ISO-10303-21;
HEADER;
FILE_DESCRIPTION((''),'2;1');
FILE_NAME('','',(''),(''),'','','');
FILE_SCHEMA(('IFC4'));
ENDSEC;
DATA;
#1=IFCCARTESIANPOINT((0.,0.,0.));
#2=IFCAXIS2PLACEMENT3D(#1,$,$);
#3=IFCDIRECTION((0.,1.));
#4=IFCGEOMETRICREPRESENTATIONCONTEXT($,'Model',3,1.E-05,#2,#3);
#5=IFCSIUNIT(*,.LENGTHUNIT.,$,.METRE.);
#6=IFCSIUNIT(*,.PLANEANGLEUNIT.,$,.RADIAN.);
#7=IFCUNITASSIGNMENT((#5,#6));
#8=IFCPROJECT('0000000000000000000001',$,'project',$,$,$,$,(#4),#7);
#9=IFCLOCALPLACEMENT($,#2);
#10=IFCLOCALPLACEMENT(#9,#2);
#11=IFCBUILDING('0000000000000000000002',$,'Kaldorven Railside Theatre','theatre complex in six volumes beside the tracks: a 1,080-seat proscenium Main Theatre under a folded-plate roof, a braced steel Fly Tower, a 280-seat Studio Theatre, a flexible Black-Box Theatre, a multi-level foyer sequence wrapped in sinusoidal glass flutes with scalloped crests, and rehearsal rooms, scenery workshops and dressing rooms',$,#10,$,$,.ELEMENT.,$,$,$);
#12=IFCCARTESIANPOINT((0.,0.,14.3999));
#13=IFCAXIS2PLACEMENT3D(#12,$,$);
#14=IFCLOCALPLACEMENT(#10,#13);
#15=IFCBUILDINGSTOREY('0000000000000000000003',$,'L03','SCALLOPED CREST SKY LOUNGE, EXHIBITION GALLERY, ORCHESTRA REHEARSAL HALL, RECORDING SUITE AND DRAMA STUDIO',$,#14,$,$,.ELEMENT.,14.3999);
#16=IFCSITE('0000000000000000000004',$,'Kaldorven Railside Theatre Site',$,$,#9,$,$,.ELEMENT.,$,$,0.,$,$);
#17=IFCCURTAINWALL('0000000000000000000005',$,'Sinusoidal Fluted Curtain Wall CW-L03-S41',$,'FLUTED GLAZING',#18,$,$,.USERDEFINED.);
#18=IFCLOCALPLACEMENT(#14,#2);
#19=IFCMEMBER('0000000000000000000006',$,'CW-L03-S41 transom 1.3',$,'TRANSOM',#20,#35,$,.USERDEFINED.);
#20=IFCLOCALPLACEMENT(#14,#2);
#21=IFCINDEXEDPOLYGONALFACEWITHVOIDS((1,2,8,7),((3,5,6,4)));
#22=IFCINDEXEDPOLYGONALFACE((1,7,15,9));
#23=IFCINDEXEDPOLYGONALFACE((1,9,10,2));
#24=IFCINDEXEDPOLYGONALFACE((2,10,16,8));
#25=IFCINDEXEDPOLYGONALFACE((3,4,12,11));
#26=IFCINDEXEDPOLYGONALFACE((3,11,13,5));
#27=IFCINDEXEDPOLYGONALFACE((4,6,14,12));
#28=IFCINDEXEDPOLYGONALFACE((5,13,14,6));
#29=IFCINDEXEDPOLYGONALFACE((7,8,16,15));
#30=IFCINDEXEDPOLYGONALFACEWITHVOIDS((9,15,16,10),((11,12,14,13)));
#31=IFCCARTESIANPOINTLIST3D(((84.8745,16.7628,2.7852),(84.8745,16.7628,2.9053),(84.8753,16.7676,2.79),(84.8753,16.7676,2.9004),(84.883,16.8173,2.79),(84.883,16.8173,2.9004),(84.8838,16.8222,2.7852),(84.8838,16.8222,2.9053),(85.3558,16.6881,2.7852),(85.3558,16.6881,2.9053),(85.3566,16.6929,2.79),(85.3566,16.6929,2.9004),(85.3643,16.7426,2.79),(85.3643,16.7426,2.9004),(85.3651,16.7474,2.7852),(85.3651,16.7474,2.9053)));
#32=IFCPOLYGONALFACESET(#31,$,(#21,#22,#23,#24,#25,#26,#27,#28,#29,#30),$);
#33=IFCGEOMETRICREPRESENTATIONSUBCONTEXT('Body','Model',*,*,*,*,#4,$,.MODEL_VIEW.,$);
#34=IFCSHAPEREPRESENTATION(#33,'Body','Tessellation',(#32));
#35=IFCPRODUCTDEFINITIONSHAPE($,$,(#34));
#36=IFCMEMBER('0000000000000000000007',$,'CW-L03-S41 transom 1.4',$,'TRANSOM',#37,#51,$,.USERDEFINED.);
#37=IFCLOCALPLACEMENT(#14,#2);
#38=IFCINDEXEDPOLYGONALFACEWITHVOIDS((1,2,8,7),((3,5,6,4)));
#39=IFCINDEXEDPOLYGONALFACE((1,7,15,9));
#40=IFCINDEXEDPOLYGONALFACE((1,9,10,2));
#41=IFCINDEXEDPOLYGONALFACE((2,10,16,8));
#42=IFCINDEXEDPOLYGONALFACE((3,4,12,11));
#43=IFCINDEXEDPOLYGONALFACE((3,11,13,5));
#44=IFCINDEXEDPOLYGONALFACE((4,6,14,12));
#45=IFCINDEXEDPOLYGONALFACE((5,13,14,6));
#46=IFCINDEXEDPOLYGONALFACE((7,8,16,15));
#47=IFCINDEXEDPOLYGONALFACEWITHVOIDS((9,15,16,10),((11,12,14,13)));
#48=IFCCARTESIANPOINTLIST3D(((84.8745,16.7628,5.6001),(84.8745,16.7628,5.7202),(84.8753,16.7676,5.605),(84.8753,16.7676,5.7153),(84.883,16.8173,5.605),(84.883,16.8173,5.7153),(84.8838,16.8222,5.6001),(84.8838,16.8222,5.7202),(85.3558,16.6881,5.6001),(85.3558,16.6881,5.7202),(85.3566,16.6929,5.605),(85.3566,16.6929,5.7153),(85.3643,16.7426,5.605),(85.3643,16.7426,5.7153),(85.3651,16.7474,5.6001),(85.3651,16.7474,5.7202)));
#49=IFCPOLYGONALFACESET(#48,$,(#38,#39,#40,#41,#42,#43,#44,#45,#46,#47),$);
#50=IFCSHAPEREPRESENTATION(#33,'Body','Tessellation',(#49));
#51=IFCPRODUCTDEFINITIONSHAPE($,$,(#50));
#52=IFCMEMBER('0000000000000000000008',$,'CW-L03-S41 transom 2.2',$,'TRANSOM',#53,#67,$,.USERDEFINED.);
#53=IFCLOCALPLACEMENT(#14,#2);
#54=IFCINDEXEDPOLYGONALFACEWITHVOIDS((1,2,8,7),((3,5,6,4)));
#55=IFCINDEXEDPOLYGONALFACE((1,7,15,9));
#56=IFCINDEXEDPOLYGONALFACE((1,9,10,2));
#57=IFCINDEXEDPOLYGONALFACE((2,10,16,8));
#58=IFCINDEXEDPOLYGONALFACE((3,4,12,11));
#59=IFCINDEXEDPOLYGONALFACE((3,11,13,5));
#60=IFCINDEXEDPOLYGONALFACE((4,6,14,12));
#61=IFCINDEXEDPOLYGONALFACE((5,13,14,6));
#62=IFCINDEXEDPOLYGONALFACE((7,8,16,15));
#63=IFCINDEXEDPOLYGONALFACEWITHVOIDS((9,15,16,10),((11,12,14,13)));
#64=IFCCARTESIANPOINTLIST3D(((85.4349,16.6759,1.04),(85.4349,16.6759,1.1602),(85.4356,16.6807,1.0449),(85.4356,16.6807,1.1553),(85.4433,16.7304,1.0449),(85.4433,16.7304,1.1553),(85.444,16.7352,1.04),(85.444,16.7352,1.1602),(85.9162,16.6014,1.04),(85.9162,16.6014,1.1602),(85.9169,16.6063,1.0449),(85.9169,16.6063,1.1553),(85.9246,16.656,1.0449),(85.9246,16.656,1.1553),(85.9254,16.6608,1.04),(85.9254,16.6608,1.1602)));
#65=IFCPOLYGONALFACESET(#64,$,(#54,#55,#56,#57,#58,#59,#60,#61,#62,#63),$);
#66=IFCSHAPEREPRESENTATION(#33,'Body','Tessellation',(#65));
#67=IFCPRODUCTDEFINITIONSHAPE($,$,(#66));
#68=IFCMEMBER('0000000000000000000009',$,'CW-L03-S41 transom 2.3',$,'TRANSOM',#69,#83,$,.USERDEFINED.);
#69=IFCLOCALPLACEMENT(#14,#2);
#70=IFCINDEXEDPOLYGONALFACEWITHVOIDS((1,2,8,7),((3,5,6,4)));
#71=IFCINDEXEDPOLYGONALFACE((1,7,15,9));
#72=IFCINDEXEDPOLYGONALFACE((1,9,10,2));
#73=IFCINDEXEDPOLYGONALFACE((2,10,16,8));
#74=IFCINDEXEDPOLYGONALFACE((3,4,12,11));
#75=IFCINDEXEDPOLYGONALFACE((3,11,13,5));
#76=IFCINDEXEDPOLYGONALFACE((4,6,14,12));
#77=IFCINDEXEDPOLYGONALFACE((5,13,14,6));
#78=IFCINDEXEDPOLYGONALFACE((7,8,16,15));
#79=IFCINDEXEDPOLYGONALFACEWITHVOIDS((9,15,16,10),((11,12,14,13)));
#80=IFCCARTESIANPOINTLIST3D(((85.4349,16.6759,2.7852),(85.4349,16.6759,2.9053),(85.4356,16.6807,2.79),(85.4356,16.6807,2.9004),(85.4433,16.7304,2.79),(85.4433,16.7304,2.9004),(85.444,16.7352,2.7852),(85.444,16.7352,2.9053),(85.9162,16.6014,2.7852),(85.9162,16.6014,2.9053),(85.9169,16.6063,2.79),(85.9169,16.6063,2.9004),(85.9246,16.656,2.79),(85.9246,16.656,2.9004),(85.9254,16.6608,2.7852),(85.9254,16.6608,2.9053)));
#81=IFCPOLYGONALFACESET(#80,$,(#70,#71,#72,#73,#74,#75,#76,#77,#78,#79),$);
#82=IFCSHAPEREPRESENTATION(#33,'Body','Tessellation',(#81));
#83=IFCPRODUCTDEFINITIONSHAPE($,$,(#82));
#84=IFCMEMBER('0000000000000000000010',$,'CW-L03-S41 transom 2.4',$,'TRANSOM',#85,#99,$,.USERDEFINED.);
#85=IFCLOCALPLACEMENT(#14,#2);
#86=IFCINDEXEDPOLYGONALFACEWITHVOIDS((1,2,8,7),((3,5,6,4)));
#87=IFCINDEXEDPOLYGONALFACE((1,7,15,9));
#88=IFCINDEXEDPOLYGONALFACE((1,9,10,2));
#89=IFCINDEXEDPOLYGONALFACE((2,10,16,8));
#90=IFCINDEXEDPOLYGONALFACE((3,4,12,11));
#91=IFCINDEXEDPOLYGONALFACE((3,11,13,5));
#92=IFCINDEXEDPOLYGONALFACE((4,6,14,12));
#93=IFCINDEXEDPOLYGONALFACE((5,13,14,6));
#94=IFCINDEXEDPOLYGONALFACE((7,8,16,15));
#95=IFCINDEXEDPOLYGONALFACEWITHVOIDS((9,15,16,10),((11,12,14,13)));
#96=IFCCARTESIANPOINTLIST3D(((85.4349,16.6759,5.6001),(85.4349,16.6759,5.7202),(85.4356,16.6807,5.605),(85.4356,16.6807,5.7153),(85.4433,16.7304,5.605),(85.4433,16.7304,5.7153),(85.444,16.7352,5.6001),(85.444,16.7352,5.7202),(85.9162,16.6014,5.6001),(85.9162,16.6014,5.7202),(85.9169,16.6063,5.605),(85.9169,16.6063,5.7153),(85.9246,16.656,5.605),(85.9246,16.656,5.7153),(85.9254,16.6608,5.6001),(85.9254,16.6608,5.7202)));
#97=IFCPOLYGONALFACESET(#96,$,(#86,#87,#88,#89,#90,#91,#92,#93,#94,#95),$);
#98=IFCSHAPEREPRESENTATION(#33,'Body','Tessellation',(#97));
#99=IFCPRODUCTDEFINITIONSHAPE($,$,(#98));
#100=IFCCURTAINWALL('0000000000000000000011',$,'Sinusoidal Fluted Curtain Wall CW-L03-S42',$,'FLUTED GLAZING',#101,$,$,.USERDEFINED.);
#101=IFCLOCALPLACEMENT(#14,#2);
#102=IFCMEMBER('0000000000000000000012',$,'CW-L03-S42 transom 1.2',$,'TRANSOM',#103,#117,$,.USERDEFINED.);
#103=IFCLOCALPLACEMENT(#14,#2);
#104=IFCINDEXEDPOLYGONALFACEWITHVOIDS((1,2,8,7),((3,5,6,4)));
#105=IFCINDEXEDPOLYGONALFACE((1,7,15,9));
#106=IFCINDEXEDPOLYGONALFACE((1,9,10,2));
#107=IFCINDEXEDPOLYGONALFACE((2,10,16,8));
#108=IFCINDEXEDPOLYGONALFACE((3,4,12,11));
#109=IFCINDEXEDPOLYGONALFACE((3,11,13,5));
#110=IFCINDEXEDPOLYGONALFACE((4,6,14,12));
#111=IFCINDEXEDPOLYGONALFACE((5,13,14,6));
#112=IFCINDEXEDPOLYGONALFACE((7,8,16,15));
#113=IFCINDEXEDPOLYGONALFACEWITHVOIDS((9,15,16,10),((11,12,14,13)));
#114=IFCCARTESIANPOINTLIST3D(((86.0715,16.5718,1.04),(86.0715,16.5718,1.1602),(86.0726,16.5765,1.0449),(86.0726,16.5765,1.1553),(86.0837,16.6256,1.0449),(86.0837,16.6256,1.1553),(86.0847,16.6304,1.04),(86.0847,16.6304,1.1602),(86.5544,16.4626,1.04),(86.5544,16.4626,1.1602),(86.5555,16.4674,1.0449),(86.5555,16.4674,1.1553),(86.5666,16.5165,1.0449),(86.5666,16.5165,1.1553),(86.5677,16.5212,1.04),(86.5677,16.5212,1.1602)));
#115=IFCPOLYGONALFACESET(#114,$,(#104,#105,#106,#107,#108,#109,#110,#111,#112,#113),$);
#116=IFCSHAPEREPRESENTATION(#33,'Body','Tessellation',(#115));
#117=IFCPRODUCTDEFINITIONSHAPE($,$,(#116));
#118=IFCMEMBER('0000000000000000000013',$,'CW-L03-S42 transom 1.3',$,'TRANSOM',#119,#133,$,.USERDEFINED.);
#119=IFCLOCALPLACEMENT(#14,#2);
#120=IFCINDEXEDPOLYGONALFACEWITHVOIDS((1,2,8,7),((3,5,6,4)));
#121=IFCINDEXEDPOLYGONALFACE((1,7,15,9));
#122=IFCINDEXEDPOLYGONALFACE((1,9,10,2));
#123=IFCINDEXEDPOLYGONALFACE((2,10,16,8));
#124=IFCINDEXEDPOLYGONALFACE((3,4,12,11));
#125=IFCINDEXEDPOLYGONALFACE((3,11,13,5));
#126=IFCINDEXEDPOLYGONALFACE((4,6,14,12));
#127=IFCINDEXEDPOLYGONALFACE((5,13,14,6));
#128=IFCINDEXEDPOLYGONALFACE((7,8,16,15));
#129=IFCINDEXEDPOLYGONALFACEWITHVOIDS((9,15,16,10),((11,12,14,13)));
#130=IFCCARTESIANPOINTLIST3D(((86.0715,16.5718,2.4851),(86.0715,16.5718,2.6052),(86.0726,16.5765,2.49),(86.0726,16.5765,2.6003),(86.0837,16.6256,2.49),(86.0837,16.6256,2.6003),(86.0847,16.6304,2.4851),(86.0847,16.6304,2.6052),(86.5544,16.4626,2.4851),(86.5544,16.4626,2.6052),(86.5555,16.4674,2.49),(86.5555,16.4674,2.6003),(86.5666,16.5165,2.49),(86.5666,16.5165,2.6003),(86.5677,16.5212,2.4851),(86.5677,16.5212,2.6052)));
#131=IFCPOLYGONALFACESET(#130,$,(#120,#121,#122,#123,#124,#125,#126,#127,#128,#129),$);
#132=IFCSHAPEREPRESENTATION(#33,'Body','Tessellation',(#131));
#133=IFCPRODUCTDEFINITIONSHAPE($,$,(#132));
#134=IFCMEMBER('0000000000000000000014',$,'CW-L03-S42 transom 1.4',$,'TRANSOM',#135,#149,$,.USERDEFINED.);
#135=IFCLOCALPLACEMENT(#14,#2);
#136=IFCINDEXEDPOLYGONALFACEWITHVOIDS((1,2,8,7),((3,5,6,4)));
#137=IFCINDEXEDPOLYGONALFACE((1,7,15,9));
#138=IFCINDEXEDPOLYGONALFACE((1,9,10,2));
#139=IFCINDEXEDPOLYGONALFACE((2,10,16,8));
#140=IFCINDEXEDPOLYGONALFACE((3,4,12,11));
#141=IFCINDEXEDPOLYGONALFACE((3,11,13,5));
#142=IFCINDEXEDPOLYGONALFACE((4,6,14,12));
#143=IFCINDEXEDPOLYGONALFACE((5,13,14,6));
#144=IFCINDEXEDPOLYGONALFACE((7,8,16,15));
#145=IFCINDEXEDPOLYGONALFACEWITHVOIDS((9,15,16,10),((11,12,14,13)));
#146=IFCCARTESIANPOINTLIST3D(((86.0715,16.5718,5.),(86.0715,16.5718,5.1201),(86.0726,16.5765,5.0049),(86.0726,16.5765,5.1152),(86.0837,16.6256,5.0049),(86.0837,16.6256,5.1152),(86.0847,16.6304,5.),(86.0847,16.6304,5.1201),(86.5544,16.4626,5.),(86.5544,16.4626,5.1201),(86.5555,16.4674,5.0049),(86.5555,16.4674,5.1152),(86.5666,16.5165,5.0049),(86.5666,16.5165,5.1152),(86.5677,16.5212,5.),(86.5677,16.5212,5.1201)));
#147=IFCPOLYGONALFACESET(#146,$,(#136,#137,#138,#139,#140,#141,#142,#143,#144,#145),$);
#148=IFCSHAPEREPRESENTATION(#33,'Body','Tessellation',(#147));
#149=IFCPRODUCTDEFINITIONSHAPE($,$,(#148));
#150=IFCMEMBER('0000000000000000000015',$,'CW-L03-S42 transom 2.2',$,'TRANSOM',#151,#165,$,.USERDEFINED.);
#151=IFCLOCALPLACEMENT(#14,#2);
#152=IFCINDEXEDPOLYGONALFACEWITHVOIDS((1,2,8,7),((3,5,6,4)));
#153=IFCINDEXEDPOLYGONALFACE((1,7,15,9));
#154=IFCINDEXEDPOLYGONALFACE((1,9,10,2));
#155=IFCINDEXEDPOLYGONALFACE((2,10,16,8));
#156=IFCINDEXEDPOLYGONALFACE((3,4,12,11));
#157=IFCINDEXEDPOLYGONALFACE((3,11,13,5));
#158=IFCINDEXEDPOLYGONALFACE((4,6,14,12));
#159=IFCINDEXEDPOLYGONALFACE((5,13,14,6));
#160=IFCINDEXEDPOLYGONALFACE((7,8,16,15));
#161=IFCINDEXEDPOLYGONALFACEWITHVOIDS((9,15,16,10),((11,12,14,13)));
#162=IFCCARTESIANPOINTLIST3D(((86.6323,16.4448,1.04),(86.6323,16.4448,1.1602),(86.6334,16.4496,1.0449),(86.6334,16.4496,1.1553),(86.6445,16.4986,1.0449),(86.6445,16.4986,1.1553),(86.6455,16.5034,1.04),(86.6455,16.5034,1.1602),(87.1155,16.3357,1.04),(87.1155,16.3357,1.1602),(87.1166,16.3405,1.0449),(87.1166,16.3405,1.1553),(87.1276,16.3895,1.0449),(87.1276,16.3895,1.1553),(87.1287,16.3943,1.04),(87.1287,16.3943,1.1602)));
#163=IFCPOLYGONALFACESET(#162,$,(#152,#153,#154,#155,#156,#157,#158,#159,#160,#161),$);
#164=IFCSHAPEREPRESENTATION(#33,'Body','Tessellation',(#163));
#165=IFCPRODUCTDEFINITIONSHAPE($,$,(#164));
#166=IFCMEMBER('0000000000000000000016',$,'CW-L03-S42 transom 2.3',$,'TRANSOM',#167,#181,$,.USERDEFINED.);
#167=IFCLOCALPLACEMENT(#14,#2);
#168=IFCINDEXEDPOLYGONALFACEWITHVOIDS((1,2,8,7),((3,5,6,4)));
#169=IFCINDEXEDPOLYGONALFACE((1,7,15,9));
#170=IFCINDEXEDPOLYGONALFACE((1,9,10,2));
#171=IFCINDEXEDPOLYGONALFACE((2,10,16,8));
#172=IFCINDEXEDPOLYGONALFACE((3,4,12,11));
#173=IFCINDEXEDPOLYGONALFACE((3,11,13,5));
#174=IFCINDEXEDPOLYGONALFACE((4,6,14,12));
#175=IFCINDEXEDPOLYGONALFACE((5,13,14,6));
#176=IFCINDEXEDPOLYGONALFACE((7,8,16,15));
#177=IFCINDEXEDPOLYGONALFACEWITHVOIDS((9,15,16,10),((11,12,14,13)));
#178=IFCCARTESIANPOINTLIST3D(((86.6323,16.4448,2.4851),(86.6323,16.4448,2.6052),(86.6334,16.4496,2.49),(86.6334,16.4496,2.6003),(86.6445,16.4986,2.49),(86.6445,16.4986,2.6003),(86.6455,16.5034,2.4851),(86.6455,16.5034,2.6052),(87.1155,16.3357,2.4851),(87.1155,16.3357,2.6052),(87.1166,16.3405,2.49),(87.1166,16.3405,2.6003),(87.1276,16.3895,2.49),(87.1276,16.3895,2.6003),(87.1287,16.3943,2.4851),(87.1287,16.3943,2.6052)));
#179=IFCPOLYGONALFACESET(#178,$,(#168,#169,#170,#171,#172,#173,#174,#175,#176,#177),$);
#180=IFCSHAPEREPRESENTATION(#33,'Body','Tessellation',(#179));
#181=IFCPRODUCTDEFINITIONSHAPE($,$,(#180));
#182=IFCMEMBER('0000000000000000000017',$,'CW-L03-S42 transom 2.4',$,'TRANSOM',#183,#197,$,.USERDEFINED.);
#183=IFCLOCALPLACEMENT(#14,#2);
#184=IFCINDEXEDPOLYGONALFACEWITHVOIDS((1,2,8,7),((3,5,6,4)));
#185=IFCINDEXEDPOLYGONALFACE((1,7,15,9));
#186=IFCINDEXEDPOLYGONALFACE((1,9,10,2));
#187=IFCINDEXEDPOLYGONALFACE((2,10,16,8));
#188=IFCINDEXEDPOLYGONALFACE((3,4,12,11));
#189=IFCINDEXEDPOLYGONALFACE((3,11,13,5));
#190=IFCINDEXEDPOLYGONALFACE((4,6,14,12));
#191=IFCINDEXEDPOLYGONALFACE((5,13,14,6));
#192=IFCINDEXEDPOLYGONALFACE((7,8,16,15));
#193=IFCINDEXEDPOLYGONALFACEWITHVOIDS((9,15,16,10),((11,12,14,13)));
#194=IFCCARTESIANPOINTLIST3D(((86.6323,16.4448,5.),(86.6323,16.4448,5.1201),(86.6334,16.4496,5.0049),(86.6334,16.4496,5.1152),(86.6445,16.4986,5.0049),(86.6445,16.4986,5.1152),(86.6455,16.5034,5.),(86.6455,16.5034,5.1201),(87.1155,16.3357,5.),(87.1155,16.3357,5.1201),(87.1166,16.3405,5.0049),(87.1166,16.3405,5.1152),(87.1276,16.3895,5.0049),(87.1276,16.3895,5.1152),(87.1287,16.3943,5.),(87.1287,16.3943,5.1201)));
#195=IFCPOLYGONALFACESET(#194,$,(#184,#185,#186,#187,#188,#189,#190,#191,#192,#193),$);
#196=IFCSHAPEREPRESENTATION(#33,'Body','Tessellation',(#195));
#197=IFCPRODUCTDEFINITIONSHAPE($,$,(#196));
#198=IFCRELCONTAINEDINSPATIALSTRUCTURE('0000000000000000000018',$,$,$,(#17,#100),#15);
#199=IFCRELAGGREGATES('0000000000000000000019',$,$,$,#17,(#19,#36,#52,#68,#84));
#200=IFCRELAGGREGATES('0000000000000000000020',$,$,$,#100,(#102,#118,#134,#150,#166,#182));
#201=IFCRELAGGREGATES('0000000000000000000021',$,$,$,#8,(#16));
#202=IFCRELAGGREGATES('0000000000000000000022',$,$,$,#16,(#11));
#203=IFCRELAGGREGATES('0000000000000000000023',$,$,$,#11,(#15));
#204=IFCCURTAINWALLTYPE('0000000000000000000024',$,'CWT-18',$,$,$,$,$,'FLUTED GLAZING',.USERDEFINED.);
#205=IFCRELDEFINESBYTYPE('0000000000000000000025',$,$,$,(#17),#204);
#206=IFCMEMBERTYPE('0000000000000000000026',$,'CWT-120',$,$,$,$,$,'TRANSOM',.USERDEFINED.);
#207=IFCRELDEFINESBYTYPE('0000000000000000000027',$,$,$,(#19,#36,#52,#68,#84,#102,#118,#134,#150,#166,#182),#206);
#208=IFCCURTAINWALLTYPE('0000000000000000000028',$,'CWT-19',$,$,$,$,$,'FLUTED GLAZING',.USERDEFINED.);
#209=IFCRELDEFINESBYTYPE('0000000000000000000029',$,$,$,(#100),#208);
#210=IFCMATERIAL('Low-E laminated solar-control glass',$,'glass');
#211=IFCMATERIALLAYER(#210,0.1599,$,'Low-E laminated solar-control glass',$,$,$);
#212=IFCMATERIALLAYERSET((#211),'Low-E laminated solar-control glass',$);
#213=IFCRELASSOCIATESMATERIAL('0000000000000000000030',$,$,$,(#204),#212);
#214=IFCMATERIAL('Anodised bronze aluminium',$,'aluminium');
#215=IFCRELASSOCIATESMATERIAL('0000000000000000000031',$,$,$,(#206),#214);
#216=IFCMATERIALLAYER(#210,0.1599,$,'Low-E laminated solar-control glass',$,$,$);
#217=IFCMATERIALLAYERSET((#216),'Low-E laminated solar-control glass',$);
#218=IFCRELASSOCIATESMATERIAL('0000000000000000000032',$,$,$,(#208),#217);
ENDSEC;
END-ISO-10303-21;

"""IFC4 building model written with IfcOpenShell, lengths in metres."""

from ifc_helpers import new_model, si_unit, direction, frame, origin, origin_2d, place, context, subcontext, project, spatial, hollow_rectangle, extrude, material, layer, layer_set, material_profile, profile_set, type_object, element, aggregate, save


model = new_model("IFC4")

# Units and contexts
model_context = context("Model", 3, precision=1e-05, world=origin(), true_north=direction((0.0, 1.0)))
body_context = subcontext(model_context, "Body", "Model", "MODEL_VIEW")
ifc_project = project(units=[si_unit("LENGTHUNIT", "METRE"), si_unit("PLANEANGLEUNIT", "RADIAN")], contexts=[model_context])

# Site, building, storey
site_placement = place(None, origin())
site = spatial("IfcSite", under=ifc_project, at=site_placement, Name="Kaldorven Railside Theatre Site", CompositionType="ELEMENT", RefElevation=0.0)
building_placement = place(site_placement, origin())
building = spatial("IfcBuilding", under=site, at=building_placement, Name="Kaldorven Railside Theatre", Description="theatre complex in six volumes beside the tracks: a 1,080-seat proscenium Main Theatre under a folded-plate roof, a braced steel Fly Tower, a 280-seat Studio Theatre, a flexible Black-Box Theatre, a multi-level foyer sequence wrapped in sinusoidal glass flutes with scalloped crests, and rehearsal rooms, scenery workshops and dressing rooms", CompositionType="ELEMENT")
storey_placement = place(building_placement, frame((0.0, 0.0, 14.3999)))
storey = spatial("IfcBuildingStorey", under=building, at=storey_placement, Name="L03", Description="SCALLOPED CREST SKY LOUNGE, EXHIBITION GALLERY, ORCHESTRA REHEARSAL HALL, RECORDING SUITE AND DRAMA STUDIO", CompositionType="ELEMENT", Elevation=14.3999)

# Curtain walls, members
ifc_material_1 = material(Name="Low-E laminated solar-control glass", Category="glass")
ifc_layer_1 = layer(ifc_material_1, 0.1599, Name="Low-E laminated solar-control glass")
ifc_layer_set_1 = layer_set([ifc_layer_1], Name="Low-E laminated solar-control glass")
curtain_wall_type_1 = type_object("IfcCurtainWallType", Name="CWT-18", ElementType="FLUTED GLAZING", PredefinedType="USERDEFINED", material=ifc_layer_set_1)
curtain_wall_1_placement = place(storey_placement, origin())
curtain_wall_1 = element("IfcCurtainWall", 1, at=curtain_wall_1_placement, inside=storey, type_object=curtain_wall_type_1, Name="Sinusoidal Fluted Curtain Wall CW-L03-S41", ObjectType="FLUTED GLAZING", PredefinedType="USERDEFINED")
ifc_material_2 = material(Name="Anodised bronze aluminium", Category="aluminium")
ifc_material_profile = material_profile(ifc_material_2, hollow_rectangle(XDim=0.0601, YDim=0.1201, WallThickness=0.0049, at=origin_2d()), Name="RHS 120x60x5")
ifc_profile_set = profile_set([ifc_material_profile], Name="Anodised bronze aluminium")
member_type = type_object("IfcMemberType", Name="CWT-120", ElementType="TRANSOM", PredefinedType="USERDEFINED", material=ifc_profile_set)
member_1_placement = place(storey_placement, frame((84.8792, 16.7925, 2.8452), z_axis=(0.988162, -0.153413, 0.0), x_axis=(0.153413, 0.988162, 0.0)))
member_1 = element("IfcMember", 2, at=member_1_placement, type_object=member_type, Name="CW-L03-S41 transom 1.3", ObjectType="TRANSOM", PredefinedType="USERDEFINED", context=body_context, shape_type="SweptSolid", body=[
    extrude(hollow_rectangle(XDim=0.0601, YDim=0.1201, WallThickness=0.0049, at=origin_2d()), origin(), (0.0, 0.0, 1.0), 0.4871),
])
member_2_placement = place(storey_placement, frame((84.8792, 16.7925, 5.6602), z_axis=(0.988162, -0.153413, 0.0), x_axis=(0.153413, 0.988162, 0.0)))
member_2 = element("IfcMember", 3, at=member_2_placement, type_object=member_type, Name="CW-L03-S41 transom 1.4", ObjectType="TRANSOM", PredefinedType="USERDEFINED", context=body_context, shape_type="SweptSolid", body=[
    extrude(hollow_rectangle(XDim=0.0601, YDim=0.1201, WallThickness=0.0049, at=origin_2d()), origin(), (0.0, 0.0, 1.0), 0.4871),
])
member_3_placement = place(storey_placement, frame((85.4395, 16.7056, 1.1001), z_axis=(0.98825, -0.152848, 0.0), x_axis=(0.152848, 0.98825, 0.0)))
member_3 = element("IfcMember", 4, at=member_3_placement, type_object=member_type, Name="CW-L03-S41 transom 2.2", ObjectType="TRANSOM", PredefinedType="USERDEFINED", context=body_context, shape_type="SweptSolid", body=[
    extrude(hollow_rectangle(XDim=0.0601, YDim=0.1201, WallThickness=0.0049, at=origin_2d()), origin(), (0.0, 0.0, 1.0), 0.4871),
])
member_4_placement = place(storey_placement, frame((85.4395, 16.7056, 2.8452), z_axis=(0.98825, -0.152848, 0.0), x_axis=(0.152848, 0.98825, 0.0)))
member_4 = element("IfcMember", 5, at=member_4_placement, type_object=member_type, Name="CW-L03-S41 transom 2.3", ObjectType="TRANSOM", PredefinedType="USERDEFINED", context=body_context, shape_type="SweptSolid", body=[
    extrude(hollow_rectangle(XDim=0.0601, YDim=0.1201, WallThickness=0.0049, at=origin_2d()), origin(), (0.0, 0.0, 1.0), 0.4871),
])
member_5_placement = place(storey_placement, frame((85.4395, 16.7056, 5.6602), z_axis=(0.98825, -0.152848, 0.0), x_axis=(0.152848, 0.98825, 0.0)))
member_5 = element("IfcMember", 6, at=member_5_placement, type_object=member_type, Name="CW-L03-S41 transom 2.4", ObjectType="TRANSOM", PredefinedType="USERDEFINED", context=body_context, shape_type="SweptSolid", body=[
    extrude(hollow_rectangle(XDim=0.0601, YDim=0.1201, WallThickness=0.0049, at=origin_2d()), origin(), (0.0, 0.0, 1.0), 0.4871),
])
ifc_layer_2 = layer(ifc_material_1, 0.1599, Name="Low-E laminated solar-control glass")
ifc_layer_set_2 = layer_set([ifc_layer_2], Name="Low-E laminated solar-control glass")
curtain_wall_type_2 = type_object("IfcCurtainWallType", Name="CWT-19", ElementType="FLUTED GLAZING", PredefinedType="USERDEFINED", material=ifc_layer_set_2)
curtain_wall_2_placement = place(storey_placement, origin())
curtain_wall_2 = element("IfcCurtainWall", 7, at=curtain_wall_2_placement, inside=storey, type_object=curtain_wall_type_2, Name="Sinusoidal Fluted Curtain Wall CW-L03-S42", ObjectType="FLUTED GLAZING", PredefinedType="USERDEFINED")
member_6_placement = place(storey_placement, frame((86.0781, 16.6011, 1.1001), z_axis=(0.975403, -0.220427, 0.0), x_axis=(0.220427, 0.975403, 0.0)))
member_6 = element("IfcMember", 8, at=member_6_placement, type_object=member_type, Name="CW-L03-S42 transom 1.2", ObjectType="TRANSOM", PredefinedType="USERDEFINED", context=body_context, shape_type="SweptSolid", body=[
    extrude(hollow_rectangle(XDim=0.0601, YDim=0.1201, WallThickness=0.0049, at=origin_2d()), origin(), (0.0, 0.0, 1.0), 0.4951),
])
member_7_placement = place(storey_placement, frame((86.0781, 16.6011, 2.5452), z_axis=(0.975403, -0.220427, 0.0), x_axis=(0.220427, 0.975403, 0.0)))
member_7 = element("IfcMember", 9, at=member_7_placement, type_object=member_type, Name="CW-L03-S42 transom 1.3", ObjectType="TRANSOM", PredefinedType="USERDEFINED", context=body_context, shape_type="SweptSolid", body=[
    extrude(hollow_rectangle(XDim=0.0601, YDim=0.1201, WallThickness=0.0049, at=origin_2d()), origin(), (0.0, 0.0, 1.0), 0.4951),
])
member_8_placement = place(storey_placement, frame((86.0781, 16.6011, 5.0601), z_axis=(0.975403, -0.220427, 0.0), x_axis=(0.220427, 0.975403, 0.0)))
member_8 = element("IfcMember", 10, at=member_8_placement, type_object=member_type, Name="CW-L03-S42 transom 1.4", ObjectType="TRANSOM", PredefinedType="USERDEFINED", context=body_context, shape_type="SweptSolid", body=[
    extrude(hollow_rectangle(XDim=0.0601, YDim=0.1201, WallThickness=0.0049, at=origin_2d()), origin(), (0.0, 0.0, 1.0), 0.4951),
])
member_9_placement = place(storey_placement, frame((86.6389, 16.4741, 1.1001), z_axis=(0.975427, -0.220321, 0.0), x_axis=(0.220321, 0.975427, 0.0)))
member_9 = element("IfcMember", 11, at=member_9_placement, type_object=member_type, Name="CW-L03-S42 transom 2.2", ObjectType="TRANSOM", PredefinedType="USERDEFINED", context=body_context, shape_type="SweptSolid", body=[
    extrude(hollow_rectangle(XDim=0.0601, YDim=0.1201, WallThickness=0.0049, at=origin_2d()), origin(), (0.0, 0.0, 1.0), 0.4954),
])
member_10_placement = place(storey_placement, frame((86.6389, 16.4741, 2.5452), z_axis=(0.975427, -0.220321, 0.0), x_axis=(0.220321, 0.975427, 0.0)))
member_10 = element("IfcMember", 12, at=member_10_placement, type_object=member_type, Name="CW-L03-S42 transom 2.3", ObjectType="TRANSOM", PredefinedType="USERDEFINED", context=body_context, shape_type="SweptSolid", body=[
    extrude(hollow_rectangle(XDim=0.0601, YDim=0.1201, WallThickness=0.0049, at=origin_2d()), origin(), (0.0, 0.0, 1.0), 0.4954),
])
member_11_placement = place(storey_placement, frame((86.6389, 16.4741, 5.0601), z_axis=(0.975427, -0.220321, 0.0), x_axis=(0.220321, 0.975427, 0.0)))
member_11 = element("IfcMember", 13, at=member_11_placement, type_object=member_type, Name="CW-L03-S42 transom 2.4", ObjectType="TRANSOM", PredefinedType="USERDEFINED", context=body_context, shape_type="SweptSolid", body=[
    extrude(hollow_rectangle(XDim=0.0601, YDim=0.1201, WallThickness=0.0049, at=origin_2d()), origin(), (0.0, 0.0, 1.0), 0.4954),
])

aggregate(curtain_wall_1, [member_1, member_2, member_3, member_4, member_5])
aggregate(curtain_wall_2, [member_6, member_7, member_8, member_9, member_10, member_11])

save(model, "model.ifc")
